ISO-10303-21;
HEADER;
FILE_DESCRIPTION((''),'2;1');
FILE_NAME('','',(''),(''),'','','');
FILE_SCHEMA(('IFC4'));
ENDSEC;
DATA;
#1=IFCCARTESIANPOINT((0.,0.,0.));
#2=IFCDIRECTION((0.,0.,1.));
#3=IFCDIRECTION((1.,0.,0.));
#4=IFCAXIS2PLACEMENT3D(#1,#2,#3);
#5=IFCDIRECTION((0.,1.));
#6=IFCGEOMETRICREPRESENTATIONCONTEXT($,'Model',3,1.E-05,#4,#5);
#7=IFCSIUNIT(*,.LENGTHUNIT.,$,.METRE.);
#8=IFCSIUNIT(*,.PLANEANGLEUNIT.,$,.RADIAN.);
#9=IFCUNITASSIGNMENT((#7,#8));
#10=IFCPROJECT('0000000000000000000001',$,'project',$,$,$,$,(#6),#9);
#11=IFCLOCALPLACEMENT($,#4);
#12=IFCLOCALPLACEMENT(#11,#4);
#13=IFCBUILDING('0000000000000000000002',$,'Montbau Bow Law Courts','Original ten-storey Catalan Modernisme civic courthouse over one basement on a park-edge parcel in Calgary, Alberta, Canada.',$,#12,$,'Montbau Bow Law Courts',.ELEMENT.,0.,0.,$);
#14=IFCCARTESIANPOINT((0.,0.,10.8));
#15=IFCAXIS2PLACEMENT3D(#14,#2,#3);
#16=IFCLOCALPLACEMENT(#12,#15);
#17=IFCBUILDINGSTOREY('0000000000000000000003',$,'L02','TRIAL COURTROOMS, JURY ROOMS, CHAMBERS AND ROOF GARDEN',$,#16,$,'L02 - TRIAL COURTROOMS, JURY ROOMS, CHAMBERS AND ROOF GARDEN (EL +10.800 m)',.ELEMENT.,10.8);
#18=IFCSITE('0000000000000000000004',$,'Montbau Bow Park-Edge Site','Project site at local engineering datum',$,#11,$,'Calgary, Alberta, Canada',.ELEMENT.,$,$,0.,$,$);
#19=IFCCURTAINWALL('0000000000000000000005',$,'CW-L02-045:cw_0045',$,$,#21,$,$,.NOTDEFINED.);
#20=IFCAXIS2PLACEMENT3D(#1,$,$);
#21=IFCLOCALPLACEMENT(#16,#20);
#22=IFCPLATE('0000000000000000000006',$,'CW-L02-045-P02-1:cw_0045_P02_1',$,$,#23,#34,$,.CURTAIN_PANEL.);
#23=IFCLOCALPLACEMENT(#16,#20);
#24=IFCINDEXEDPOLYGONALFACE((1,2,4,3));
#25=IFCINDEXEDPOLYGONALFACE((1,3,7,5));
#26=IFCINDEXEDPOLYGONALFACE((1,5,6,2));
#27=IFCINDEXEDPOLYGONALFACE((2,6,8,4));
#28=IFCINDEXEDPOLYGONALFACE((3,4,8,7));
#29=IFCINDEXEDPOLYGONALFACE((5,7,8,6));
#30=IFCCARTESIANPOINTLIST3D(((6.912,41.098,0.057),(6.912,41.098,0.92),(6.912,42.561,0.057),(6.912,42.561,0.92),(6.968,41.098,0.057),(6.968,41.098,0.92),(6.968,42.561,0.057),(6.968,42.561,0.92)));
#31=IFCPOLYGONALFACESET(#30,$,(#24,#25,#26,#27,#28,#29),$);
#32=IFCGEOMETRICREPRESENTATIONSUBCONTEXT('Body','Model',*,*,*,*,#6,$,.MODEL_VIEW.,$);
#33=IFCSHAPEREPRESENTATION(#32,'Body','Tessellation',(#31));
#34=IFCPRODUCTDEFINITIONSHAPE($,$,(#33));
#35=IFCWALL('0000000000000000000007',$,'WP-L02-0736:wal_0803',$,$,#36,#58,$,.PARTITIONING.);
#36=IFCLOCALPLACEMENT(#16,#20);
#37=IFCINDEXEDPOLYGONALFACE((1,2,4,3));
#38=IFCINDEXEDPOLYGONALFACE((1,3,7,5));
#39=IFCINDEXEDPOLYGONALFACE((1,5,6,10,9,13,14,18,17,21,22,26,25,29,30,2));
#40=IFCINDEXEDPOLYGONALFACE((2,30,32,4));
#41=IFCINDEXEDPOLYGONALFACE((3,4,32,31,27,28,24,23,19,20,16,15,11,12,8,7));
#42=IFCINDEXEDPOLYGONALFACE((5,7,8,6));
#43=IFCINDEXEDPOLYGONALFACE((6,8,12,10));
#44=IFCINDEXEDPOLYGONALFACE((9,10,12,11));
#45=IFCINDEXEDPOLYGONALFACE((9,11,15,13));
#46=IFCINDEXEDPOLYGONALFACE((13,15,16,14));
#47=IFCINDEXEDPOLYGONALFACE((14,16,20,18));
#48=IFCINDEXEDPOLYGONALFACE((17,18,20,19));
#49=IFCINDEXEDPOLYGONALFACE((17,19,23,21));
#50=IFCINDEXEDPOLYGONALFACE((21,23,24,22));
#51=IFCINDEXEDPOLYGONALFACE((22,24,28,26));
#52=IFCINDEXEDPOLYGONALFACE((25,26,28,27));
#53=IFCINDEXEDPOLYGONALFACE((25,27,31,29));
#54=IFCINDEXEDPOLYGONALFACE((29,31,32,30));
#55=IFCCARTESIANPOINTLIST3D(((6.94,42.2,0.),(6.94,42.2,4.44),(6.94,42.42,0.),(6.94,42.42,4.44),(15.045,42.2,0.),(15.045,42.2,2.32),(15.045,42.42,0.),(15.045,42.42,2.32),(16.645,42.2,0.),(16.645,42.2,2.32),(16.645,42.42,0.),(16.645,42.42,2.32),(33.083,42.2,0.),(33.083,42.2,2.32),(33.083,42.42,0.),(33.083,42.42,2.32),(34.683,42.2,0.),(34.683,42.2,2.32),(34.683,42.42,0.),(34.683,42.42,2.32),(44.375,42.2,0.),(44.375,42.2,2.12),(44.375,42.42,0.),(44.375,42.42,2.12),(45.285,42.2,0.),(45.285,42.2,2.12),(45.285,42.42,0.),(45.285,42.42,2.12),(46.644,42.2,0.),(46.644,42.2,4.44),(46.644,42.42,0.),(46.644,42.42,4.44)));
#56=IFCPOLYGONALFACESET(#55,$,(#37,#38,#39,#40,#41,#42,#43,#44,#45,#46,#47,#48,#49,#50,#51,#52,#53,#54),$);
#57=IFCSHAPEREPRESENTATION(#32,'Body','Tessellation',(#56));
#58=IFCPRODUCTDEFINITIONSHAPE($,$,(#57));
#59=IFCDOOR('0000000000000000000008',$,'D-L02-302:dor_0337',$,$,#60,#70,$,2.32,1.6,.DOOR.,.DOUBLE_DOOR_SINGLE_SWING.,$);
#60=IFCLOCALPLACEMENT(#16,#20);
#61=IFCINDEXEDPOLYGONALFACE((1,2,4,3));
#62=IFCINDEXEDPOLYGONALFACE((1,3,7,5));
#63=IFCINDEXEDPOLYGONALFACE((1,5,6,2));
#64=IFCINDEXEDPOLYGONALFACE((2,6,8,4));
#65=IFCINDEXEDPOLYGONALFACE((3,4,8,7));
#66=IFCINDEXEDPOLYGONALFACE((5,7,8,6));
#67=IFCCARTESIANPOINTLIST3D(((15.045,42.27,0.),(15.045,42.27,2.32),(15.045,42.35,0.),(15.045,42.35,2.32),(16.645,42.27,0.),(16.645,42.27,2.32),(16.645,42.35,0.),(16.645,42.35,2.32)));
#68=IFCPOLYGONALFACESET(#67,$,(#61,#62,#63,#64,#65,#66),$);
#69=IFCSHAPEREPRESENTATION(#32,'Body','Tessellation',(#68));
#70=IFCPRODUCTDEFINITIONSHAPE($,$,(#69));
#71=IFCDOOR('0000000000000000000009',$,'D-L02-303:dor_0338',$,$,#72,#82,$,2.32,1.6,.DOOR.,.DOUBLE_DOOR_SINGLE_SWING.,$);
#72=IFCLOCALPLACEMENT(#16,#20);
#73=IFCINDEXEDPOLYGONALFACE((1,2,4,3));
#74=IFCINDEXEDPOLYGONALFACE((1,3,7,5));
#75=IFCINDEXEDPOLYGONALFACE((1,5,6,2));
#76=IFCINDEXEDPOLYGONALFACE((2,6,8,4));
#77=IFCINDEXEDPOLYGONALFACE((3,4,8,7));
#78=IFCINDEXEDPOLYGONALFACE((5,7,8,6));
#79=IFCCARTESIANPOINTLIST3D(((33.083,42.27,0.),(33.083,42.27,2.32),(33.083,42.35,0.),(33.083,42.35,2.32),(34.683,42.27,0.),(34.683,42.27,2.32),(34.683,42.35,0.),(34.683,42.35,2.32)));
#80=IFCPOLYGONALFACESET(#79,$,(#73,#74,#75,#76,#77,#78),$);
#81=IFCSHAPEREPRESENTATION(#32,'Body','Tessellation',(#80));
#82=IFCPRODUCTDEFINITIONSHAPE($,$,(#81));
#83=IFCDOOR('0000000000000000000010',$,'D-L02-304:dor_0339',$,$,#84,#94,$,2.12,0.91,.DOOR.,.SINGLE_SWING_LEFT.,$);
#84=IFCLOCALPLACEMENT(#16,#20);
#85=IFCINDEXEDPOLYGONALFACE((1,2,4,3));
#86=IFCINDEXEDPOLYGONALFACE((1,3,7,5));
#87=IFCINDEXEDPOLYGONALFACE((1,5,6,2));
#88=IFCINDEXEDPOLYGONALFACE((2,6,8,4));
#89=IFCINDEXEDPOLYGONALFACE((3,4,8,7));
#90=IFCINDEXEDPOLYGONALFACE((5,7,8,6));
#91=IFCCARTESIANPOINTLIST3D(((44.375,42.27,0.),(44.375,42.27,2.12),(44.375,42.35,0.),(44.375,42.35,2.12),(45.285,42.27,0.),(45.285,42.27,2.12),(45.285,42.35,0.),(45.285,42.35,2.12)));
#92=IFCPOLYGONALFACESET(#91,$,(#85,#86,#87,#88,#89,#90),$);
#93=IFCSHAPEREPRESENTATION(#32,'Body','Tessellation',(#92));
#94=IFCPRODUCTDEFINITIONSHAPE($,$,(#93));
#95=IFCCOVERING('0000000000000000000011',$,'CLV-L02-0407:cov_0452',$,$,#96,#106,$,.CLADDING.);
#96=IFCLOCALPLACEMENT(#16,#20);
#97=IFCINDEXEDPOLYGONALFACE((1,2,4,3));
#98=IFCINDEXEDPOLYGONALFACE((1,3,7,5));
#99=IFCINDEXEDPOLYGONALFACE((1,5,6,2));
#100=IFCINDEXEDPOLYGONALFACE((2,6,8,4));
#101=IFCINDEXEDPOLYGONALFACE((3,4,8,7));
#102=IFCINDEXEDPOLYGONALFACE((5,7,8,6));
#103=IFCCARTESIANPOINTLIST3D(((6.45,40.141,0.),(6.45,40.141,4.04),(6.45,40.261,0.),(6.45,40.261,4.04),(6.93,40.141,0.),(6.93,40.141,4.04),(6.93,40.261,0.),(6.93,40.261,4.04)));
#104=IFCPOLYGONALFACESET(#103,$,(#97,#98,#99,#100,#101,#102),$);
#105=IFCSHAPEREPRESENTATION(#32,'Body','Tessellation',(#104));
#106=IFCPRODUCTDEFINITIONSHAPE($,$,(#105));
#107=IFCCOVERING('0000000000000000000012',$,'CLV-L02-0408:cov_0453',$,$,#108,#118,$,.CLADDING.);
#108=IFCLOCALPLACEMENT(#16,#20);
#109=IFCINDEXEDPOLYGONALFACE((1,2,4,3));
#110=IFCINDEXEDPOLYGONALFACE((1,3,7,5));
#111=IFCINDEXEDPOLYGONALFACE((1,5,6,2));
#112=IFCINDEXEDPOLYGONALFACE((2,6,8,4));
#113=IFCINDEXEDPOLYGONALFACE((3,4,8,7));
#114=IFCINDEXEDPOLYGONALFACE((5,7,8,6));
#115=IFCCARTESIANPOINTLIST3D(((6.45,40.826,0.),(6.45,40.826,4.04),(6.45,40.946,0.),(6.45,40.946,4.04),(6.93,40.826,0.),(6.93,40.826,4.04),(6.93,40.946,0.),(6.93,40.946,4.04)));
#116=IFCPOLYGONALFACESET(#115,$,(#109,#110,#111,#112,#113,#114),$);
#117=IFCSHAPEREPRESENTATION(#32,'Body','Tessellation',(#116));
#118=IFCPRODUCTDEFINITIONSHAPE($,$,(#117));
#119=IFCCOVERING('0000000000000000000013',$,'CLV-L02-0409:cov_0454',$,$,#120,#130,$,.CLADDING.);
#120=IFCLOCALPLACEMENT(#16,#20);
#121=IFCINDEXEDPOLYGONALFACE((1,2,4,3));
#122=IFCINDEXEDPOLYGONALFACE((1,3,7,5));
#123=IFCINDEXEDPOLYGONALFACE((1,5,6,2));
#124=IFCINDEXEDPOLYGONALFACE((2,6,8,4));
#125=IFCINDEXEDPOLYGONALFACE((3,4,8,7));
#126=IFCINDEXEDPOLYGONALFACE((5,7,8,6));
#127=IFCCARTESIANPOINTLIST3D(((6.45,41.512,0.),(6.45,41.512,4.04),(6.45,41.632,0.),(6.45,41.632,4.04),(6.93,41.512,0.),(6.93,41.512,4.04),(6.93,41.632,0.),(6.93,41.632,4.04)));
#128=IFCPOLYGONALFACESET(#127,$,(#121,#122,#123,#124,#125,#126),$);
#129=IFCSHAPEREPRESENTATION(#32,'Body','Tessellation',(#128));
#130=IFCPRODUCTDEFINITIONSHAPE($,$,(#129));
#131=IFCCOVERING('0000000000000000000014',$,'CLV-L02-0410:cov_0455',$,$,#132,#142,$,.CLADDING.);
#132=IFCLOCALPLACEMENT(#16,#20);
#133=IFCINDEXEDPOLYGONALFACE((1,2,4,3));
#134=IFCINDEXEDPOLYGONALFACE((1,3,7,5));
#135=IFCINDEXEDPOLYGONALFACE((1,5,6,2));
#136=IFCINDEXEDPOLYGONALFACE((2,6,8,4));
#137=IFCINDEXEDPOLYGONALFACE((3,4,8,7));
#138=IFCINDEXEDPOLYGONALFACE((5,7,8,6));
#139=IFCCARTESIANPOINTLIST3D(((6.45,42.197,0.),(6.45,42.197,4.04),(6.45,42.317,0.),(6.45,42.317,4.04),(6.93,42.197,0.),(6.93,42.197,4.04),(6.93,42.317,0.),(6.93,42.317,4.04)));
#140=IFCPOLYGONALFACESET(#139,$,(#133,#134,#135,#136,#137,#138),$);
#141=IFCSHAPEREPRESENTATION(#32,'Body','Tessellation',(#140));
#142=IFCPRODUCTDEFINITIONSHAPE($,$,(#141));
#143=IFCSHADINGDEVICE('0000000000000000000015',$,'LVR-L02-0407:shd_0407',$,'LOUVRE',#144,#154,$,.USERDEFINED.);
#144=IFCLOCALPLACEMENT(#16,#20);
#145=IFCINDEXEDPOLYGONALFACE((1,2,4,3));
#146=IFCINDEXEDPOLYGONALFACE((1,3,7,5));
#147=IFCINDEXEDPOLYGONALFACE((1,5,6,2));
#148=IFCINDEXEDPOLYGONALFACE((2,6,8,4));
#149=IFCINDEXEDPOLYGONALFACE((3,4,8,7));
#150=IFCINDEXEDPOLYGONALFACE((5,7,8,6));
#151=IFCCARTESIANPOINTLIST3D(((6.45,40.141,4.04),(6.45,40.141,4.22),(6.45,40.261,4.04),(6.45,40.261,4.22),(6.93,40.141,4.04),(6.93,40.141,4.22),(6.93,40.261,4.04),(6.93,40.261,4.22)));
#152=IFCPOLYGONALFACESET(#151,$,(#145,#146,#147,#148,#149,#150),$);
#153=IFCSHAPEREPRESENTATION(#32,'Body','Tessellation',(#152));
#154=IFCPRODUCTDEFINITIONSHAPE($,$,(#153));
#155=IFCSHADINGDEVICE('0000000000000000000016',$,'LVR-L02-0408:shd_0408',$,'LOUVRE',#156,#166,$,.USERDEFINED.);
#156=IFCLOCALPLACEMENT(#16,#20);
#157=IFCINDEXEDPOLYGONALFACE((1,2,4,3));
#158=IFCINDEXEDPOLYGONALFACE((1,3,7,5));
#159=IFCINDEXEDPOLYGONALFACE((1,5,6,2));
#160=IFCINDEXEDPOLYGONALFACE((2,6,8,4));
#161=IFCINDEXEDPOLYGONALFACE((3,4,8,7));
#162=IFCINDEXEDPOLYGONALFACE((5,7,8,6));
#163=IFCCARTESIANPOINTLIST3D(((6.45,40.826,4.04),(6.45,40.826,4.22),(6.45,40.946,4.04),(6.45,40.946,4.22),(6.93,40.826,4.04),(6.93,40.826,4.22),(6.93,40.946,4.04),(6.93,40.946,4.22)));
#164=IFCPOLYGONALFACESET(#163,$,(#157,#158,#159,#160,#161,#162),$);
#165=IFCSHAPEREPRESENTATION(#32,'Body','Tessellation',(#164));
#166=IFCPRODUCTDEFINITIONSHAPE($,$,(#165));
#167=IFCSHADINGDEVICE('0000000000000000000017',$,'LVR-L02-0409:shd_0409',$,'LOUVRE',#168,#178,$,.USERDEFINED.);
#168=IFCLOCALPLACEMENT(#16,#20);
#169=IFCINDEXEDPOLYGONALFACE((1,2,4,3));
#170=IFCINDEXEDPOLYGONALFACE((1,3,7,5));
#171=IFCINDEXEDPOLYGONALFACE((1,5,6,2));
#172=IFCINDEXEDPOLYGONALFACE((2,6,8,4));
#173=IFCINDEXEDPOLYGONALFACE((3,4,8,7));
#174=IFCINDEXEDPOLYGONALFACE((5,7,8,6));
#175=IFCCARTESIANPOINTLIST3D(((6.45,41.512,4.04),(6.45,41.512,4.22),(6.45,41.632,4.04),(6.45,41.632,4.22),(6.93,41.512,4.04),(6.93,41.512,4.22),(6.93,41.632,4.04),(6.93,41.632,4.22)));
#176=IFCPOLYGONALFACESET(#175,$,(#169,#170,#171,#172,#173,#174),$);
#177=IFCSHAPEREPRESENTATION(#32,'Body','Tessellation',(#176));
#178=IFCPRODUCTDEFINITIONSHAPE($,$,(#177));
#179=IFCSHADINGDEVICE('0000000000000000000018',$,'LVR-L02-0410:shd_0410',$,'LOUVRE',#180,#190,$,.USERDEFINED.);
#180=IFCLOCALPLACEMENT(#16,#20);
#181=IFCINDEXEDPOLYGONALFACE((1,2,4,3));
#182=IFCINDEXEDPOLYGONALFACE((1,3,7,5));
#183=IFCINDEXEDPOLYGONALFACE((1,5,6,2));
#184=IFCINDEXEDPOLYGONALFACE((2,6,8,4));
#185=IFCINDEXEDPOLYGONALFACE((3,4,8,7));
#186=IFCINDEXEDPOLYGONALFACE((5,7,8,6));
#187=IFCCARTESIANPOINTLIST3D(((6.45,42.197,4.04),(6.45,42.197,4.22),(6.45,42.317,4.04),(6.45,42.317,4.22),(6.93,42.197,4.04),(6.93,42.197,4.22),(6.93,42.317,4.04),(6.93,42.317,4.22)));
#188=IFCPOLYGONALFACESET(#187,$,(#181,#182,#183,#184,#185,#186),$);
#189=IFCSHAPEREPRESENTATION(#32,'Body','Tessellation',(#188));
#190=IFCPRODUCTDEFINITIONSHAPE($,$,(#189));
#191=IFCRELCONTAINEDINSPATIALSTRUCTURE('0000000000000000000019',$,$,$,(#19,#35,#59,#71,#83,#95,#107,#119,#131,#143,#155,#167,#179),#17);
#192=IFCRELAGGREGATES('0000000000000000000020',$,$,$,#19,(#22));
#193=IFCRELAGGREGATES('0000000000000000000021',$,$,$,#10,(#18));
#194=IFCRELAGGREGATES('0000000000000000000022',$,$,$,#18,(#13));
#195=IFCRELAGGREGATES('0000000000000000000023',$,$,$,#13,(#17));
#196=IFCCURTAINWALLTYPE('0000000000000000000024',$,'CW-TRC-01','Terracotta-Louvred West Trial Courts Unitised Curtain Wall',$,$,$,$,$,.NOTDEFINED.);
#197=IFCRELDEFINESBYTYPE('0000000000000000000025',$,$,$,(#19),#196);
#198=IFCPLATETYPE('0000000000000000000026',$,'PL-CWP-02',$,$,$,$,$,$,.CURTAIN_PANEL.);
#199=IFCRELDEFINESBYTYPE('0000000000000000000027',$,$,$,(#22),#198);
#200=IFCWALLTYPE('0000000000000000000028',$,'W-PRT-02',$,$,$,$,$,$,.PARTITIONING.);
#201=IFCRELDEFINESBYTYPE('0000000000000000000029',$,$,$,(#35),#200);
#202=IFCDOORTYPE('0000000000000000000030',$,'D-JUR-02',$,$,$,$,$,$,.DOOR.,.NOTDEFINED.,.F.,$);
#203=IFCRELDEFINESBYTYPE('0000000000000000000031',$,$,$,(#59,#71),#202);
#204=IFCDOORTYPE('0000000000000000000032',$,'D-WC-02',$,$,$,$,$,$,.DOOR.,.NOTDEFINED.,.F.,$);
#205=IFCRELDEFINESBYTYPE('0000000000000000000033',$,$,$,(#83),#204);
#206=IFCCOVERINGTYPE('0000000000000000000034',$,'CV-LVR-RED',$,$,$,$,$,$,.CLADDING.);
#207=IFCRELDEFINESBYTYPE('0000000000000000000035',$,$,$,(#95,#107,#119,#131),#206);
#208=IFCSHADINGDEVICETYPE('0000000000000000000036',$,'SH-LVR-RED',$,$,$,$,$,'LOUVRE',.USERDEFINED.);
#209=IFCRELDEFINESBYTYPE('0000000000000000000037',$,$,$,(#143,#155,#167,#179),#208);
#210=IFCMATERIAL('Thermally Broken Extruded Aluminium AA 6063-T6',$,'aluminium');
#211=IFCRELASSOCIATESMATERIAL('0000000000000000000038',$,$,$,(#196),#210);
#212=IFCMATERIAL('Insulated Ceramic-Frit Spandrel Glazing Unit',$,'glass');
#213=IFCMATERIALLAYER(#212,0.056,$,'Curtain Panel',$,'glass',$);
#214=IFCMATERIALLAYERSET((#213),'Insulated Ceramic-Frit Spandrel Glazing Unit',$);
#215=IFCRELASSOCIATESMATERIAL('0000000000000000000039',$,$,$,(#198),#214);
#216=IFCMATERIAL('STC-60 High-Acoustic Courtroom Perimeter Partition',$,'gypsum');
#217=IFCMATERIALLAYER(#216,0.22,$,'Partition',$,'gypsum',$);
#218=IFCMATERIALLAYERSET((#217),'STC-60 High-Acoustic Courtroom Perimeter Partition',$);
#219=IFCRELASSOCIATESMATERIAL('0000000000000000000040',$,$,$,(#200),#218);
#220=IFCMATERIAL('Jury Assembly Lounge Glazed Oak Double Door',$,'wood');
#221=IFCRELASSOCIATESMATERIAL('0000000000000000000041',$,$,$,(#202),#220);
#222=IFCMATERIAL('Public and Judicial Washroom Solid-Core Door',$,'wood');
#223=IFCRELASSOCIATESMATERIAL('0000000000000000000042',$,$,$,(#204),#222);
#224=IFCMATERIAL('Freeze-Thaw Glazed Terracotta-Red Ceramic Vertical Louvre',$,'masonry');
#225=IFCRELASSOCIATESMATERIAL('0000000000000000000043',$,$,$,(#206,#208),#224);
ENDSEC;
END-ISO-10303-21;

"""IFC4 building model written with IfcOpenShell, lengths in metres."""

from ifc_helpers import new_model, si_unit, direction, frame, frame_2d, origin_with_axes, origin_2d_with_axis, place, context, subcontext, project, spatial, rectangle, extrude, material, layer, layer_set, type_object, element, fill, aggregate, save


model = new_model("IFC4")

# Units and contexts
model_context = context("Model", 3, precision=1e-05, world=origin_with_axes(), true_north=direction((0.0, 1.0)))
body_context = subcontext(model_context, "Body", "Model", "MODEL_VIEW")
ifc_project = project(units=[si_unit("LENGTHUNIT", "METRE"), si_unit("PLANEANGLEUNIT", "RADIAN")], contexts=[model_context])

# Site, building, storey
site_placement = place(None, origin_with_axes())
site = spatial("IfcSite", under=ifc_project, at=site_placement, Name="Montbau Bow Park-Edge Site", Description="Project site at local engineering datum", LongName="Calgary, Alberta, Canada", CompositionType="ELEMENT", RefElevation=0.0)
building_placement = place(site_placement, origin_with_axes())
building = spatial("IfcBuilding", under=site, at=building_placement, Name="Montbau Bow Law Courts", Description="Original ten-storey Catalan Modernisme civic courthouse over one basement on a park-edge parcel in Calgary, Alberta, Canada.", LongName="Montbau Bow Law Courts", CompositionType="ELEMENT", ElevationOfRefHeight=0.0, ElevationOfTerrain=0.0)
storey_placement = place(building_placement, frame((0.0, 0.0, 10.8), z_axis=(0.0, 0.0, 1.0), x_axis=(1.0, 0.0, 0.0)))
storey = spatial("IfcBuildingStorey", under=building, at=storey_placement, Name="L02", Description="TRIAL COURTROOMS, JURY ROOMS, CHAMBERS AND ROOF GARDEN", LongName="L02 - TRIAL COURTROOMS, JURY ROOMS, CHAMBERS AND ROOF GARDEN (EL +10.800 m)", CompositionType="ELEMENT", Elevation=10.8)

# Curtain wall, plate
ifc_material_1 = material(Name="Thermally Broken Extruded Aluminium AA 6063-T6", Category="aluminium")
curtain_wall_type = type_object("IfcCurtainWallType", Name="CW-TRC-01", Description="Terracotta-Louvred West Trial Courts Unitised Curtain Wall", PredefinedType="NOTDEFINED", material=ifc_material_1)
curtain_wall_placement = place(None, frame((6.94, 39.515, 10.8), z_axis=(0.0, 0.0, 1.0), x_axis=(1.0, 0.0, 0.0)))
curtain_wall = element("IfcCurtainWall", 1, at=curtain_wall_placement, inside=storey, type_object=curtain_wall_type, Name="CW-L02-045:cw_0045", PredefinedType="NOTDEFINED")
ifc_material_2 = material(Name="Insulated Ceramic-Frit Spandrel Glazing Unit", Category="glass")
ifc_layer_1 = layer(ifc_material_2, 0.056, Name="Curtain Panel", Category="glass")
ifc_layer_set_1 = layer_set([ifc_layer_1], Name="Insulated Ceramic-Frit Spandrel Glazing Unit")
plate_type_1 = type_object("IfcPlateType", Name="PL-CWP-02", PredefinedType="CURTAIN_PANEL", material=ifc_layer_set_1)
plate_1_placement = place(None, frame((6.94, 41.098, 10.857), z_axis=(1.0, 0.0, 0.0), x_axis=(0.0, 1.0, 0.0)))
plate_1 = element("IfcPlate", 2, at=plate_1_placement, type_object=plate_type_1, Name="CW-L02-045-P02-1:cw_0045_P02_1", PredefinedType="CURTAIN_PANEL", context=body_context, shape_type="SweptSolid", body=[
    extrude(rectangle(XDim=1.463, YDim=0.863, at=frame_2d((0.7315, 0.4315), x_axis=(1.0, 0.0))), frame((0.0, 0.0, -0.028), z_axis=(0.0, 0.0, 1.0), x_axis=(1.0, 0.0, 0.0)), (0.0, 0.0, 1.0), 0.056),
])
aggregate(curtain_wall, [plate_1])

# Wall, openings, doors
ifc_material_3 = material(Name="STC-60 High-Acoustic Courtroom Perimeter Partition", Category="gypsum")
ifc_layer_2 = layer(ifc_material_3, 0.22, Name="Partition", Category="gypsum")
ifc_layer_set_2 = layer_set([ifc_layer_2], Name="STC-60 High-Acoustic Courtroom Perimeter Partition")
wall_type = type_object("IfcWallType", Name="W-PRT-02", PredefinedType="PARTITIONING", material=ifc_layer_set_2)
wall_placement = place(None, frame((6.94, 42.31, 10.8), z_axis=(0.0, 0.0, 1.0), x_axis=(1.0, 0.0, 0.0)))
wall = element("IfcWall", 3, at=wall_placement, inside=storey, type_object=wall_type, Name="WP-L02-0736:wal_0803", PredefinedType="PARTITIONING", context=body_context, shape_type="SweptSolid", body=[
    extrude(rectangle(XDim=39.704, YDim=0.22, at=frame_2d((19.852, 0.0), x_axis=(1.0, 0.0))), origin_with_axes(), (0.0, 0.0, 1.0), 4.44),
])
opening_1_placement = place(None, frame((15.845, 42.31, 10.8), z_axis=(0.0, 0.0, 1.0), x_axis=(1.0, 0.0, 0.0)))
opening_1 = element("IfcOpeningElement", 4, at=opening_1_placement, cuts=wall, PredefinedType="OPENING", context=body_context, shape_type="SweptSolid", body=[
    extrude(rectangle(XDim=1.6, YDim=2.32, at=frame_2d((0.0, 1.16), x_axis=(1.0, 0.0))), frame((0.0, 0.12, 0.0), z_axis=(0.0, -1.0, 0.0), x_axis=(1.0, 0.0, 0.0)), (0.0, 0.0, 1.0), 0.24),
])
opening_2_placement = place(None, frame((33.883, 42.31, 10.8), z_axis=(0.0, 0.0, 1.0), x_axis=(1.0, 0.0, 0.0)))
opening_2 = element("IfcOpeningElement", 5, at=opening_2_placement, cuts=wall, PredefinedType="OPENING", context=body_context, shape_type="SweptSolid", body=[
    extrude(rectangle(XDim=1.6, YDim=2.32, at=frame_2d((0.0, 1.16), x_axis=(1.0, 0.0))), frame((0.0, 0.12, 0.0), z_axis=(0.0, -1.0, 0.0), x_axis=(1.0, 0.0, 0.0)), (0.0, 0.0, 1.0), 0.24),
])
opening_3_placement = place(None, frame((44.83, 42.31, 10.8), z_axis=(0.0, 0.0, 1.0), x_axis=(1.0, 0.0, 0.0)))
opening_3 = element("IfcOpeningElement", 6, at=opening_3_placement, cuts=wall, PredefinedType="OPENING", context=body_context, shape_type="SweptSolid", body=[
    extrude(rectangle(XDim=0.91, YDim=2.12, at=frame_2d((0.0, 1.06), x_axis=(1.0, 0.0))), frame((0.0, 0.12, 0.0), z_axis=(0.0, -1.0, 0.0), x_axis=(1.0, 0.0, 0.0)), (0.0, 0.0, 1.0), 0.24),
])
ifc_material_4 = material(Name="Jury Assembly Lounge Glazed Oak Double Door", Category="wood")
door_type_1 = type_object("IfcDoorType", Name="D-JUR-02", OperationType="NOTDEFINED", ParameterTakesPrecedence=False, PredefinedType="DOOR", material=ifc_material_4)
door_1_placement = place(None, frame((15.845, 42.31, 10.8), z_axis=(0.0, 0.0, 1.0), x_axis=(1.0, 0.0, 0.0)))
door_1 = element("IfcDoor", 7, at=door_1_placement, inside=storey, type_object=door_type_1, Name="D-L02-302:dor_0337", OperationType="DOUBLE_DOOR_SINGLE_SWING", OverallHeight=2.32, OverallWidth=1.6, PredefinedType="DOOR", context=body_context, shape_type="SweptSolid", body=[
    extrude(rectangle(XDim=1.6, YDim=2.32, at=frame_2d((0.0, 1.16), x_axis=(1.0, 0.0))), frame((0.0, 0.04, 0.0), z_axis=(0.0, -1.0, 0.0), x_axis=(1.0, 0.0, 0.0)), (0.0, 0.0, 1.0), 0.08),
])
fill(opening_1, door_1)
door_2_placement = place(None, frame((33.883, 42.31, 10.8), z_axis=(0.0, 0.0, 1.0), x_axis=(1.0, 0.0, 0.0)))
door_2 = element("IfcDoor", 8, at=door_2_placement, inside=storey, type_object=door_type_1, Name="D-L02-303:dor_0338", OperationType="DOUBLE_DOOR_SINGLE_SWING", OverallHeight=2.32, OverallWidth=1.6, PredefinedType="DOOR", context=body_context, shape_type="SweptSolid", body=[
    extrude(rectangle(XDim=1.6, YDim=2.32, at=frame_2d((0.0, 1.16), x_axis=(1.0, 0.0))), frame((0.0, 0.04, 0.0), z_axis=(0.0, -1.0, 0.0), x_axis=(1.0, 0.0, 0.0)), (0.0, 0.0, 1.0), 0.08),
])
fill(opening_2, door_2)
ifc_material_5 = material(Name="Public and Judicial Washroom Solid-Core Door", Category="wood")
door_type_2 = type_object("IfcDoorType", Name="D-WC-02", OperationType="NOTDEFINED", ParameterTakesPrecedence=False, PredefinedType="DOOR", material=ifc_material_5)
door_3_placement = place(None, frame((44.83, 42.31, 10.8), z_axis=(0.0, 0.0, 1.0), x_axis=(1.0, 0.0, 0.0)))
door_3 = element("IfcDoor", 9, at=door_3_placement, inside=storey, type_object=door_type_2, Name="D-L02-304:dor_0339", OperationType="SINGLE_SWING_LEFT", OverallHeight=2.12, OverallWidth=0.91, PredefinedType="DOOR", context=body_context, shape_type="SweptSolid", body=[
    extrude(rectangle(XDim=0.91, YDim=2.12, at=frame_2d((0.0, 1.06), x_axis=(1.0, 0.0))), frame((0.0, 0.04, 0.0), z_axis=(0.0, -1.0, 0.0), x_axis=(1.0, 0.0, 0.0)), (0.0, 0.0, 1.0), 0.08),
])
fill(opening_3, door_3)

# Coverings
ifc_material_6 = material(Name="Freeze-Thaw Glazed Terracotta-Red Ceramic Vertical Louvre", Category="masonry")
covering_type = type_object("IfcCoveringType", Name="CV-LVR-RED", PredefinedType="CLADDING", material=ifc_material_6)
for number, where, z_axis, x_axis, name in (
    (10, (6.93, 40.201, 10.8), (0.0, 1.0, 0.0), (-1.0, 0.0, 0.0), "CLV-L02-0407:cov_0452"),
    (11, (6.93, 40.886, 10.8), (0.0, 1.0, 0.0), (-1.0, 0.0, 0.0), "CLV-L02-0408:cov_0453"),
    (12, (6.93, 41.572, 10.8), (0.0, 1.0, 0.0), (-1.0, 0.0, 0.0), "CLV-L02-0409:cov_0454"),
    (13, (6.93, 42.257, 10.8), (0.0, 1.0, 0.0), (-1.0, 0.0, 0.0), "CLV-L02-0410:cov_0455"),
):
    element("IfcCovering", number, at=place(None, frame(where, z_axis=z_axis, x_axis=x_axis)), inside=storey, type_object=covering_type, Name=name, PredefinedType="CLADDING", context=body_context, shape_type="SweptSolid", body=[
        extrude(rectangle(XDim=0.48, YDim=4.04, at=frame_2d((0.24, 2.02), x_axis=(1.0, 0.0))), frame((0.0, 0.0, -0.06), z_axis=(0.0, 0.0, 1.0), x_axis=(1.0, 0.0, 0.0)), (0.0, 0.0, 1.0), 0.12),
    ])

# Shading devices
shading_device_type = type_object("IfcShadingDeviceType", Name="SH-LVR-RED", ElementType="LOUVRE", PredefinedType="USERDEFINED", material=ifc_material_6)
for number, where, z_axis, x_axis, name in (
    (14, (6.69, 40.201, 14.84), (0.0, 0.0, 1.0), (-1.0, 0.0, 0.0), "LVR-L02-0407:shd_0407"),
    (15, (6.69, 40.886, 14.84), (0.0, 0.0, 1.0), (-1.0, 0.0, 0.0), "LVR-L02-0408:shd_0408"),
    (16, (6.69, 41.572, 14.84), (0.0, 0.0, 1.0), (-1.0, 0.0, 0.0), "LVR-L02-0409:shd_0409"),
    (17, (6.69, 42.257, 14.84), (0.0, 0.0, 1.0), (-1.0, 0.0, 0.0), "LVR-L02-0410:shd_0410"),
):
    element("IfcShadingDevice", number, at=place(None, frame(where, z_axis=z_axis, x_axis=x_axis)), inside=storey, type_object=shading_device_type, Name=name, ObjectType="LOUVRE", PredefinedType="USERDEFINED", context=body_context, shape_type="SweptSolid", body=[
        extrude(rectangle(XDim=0.48, YDim=0.12, at=origin_2d_with_axis()), origin_with_axes(), (0.0, 0.0, 1.0), 0.18),
    ])

save(model, "model.ifc")
